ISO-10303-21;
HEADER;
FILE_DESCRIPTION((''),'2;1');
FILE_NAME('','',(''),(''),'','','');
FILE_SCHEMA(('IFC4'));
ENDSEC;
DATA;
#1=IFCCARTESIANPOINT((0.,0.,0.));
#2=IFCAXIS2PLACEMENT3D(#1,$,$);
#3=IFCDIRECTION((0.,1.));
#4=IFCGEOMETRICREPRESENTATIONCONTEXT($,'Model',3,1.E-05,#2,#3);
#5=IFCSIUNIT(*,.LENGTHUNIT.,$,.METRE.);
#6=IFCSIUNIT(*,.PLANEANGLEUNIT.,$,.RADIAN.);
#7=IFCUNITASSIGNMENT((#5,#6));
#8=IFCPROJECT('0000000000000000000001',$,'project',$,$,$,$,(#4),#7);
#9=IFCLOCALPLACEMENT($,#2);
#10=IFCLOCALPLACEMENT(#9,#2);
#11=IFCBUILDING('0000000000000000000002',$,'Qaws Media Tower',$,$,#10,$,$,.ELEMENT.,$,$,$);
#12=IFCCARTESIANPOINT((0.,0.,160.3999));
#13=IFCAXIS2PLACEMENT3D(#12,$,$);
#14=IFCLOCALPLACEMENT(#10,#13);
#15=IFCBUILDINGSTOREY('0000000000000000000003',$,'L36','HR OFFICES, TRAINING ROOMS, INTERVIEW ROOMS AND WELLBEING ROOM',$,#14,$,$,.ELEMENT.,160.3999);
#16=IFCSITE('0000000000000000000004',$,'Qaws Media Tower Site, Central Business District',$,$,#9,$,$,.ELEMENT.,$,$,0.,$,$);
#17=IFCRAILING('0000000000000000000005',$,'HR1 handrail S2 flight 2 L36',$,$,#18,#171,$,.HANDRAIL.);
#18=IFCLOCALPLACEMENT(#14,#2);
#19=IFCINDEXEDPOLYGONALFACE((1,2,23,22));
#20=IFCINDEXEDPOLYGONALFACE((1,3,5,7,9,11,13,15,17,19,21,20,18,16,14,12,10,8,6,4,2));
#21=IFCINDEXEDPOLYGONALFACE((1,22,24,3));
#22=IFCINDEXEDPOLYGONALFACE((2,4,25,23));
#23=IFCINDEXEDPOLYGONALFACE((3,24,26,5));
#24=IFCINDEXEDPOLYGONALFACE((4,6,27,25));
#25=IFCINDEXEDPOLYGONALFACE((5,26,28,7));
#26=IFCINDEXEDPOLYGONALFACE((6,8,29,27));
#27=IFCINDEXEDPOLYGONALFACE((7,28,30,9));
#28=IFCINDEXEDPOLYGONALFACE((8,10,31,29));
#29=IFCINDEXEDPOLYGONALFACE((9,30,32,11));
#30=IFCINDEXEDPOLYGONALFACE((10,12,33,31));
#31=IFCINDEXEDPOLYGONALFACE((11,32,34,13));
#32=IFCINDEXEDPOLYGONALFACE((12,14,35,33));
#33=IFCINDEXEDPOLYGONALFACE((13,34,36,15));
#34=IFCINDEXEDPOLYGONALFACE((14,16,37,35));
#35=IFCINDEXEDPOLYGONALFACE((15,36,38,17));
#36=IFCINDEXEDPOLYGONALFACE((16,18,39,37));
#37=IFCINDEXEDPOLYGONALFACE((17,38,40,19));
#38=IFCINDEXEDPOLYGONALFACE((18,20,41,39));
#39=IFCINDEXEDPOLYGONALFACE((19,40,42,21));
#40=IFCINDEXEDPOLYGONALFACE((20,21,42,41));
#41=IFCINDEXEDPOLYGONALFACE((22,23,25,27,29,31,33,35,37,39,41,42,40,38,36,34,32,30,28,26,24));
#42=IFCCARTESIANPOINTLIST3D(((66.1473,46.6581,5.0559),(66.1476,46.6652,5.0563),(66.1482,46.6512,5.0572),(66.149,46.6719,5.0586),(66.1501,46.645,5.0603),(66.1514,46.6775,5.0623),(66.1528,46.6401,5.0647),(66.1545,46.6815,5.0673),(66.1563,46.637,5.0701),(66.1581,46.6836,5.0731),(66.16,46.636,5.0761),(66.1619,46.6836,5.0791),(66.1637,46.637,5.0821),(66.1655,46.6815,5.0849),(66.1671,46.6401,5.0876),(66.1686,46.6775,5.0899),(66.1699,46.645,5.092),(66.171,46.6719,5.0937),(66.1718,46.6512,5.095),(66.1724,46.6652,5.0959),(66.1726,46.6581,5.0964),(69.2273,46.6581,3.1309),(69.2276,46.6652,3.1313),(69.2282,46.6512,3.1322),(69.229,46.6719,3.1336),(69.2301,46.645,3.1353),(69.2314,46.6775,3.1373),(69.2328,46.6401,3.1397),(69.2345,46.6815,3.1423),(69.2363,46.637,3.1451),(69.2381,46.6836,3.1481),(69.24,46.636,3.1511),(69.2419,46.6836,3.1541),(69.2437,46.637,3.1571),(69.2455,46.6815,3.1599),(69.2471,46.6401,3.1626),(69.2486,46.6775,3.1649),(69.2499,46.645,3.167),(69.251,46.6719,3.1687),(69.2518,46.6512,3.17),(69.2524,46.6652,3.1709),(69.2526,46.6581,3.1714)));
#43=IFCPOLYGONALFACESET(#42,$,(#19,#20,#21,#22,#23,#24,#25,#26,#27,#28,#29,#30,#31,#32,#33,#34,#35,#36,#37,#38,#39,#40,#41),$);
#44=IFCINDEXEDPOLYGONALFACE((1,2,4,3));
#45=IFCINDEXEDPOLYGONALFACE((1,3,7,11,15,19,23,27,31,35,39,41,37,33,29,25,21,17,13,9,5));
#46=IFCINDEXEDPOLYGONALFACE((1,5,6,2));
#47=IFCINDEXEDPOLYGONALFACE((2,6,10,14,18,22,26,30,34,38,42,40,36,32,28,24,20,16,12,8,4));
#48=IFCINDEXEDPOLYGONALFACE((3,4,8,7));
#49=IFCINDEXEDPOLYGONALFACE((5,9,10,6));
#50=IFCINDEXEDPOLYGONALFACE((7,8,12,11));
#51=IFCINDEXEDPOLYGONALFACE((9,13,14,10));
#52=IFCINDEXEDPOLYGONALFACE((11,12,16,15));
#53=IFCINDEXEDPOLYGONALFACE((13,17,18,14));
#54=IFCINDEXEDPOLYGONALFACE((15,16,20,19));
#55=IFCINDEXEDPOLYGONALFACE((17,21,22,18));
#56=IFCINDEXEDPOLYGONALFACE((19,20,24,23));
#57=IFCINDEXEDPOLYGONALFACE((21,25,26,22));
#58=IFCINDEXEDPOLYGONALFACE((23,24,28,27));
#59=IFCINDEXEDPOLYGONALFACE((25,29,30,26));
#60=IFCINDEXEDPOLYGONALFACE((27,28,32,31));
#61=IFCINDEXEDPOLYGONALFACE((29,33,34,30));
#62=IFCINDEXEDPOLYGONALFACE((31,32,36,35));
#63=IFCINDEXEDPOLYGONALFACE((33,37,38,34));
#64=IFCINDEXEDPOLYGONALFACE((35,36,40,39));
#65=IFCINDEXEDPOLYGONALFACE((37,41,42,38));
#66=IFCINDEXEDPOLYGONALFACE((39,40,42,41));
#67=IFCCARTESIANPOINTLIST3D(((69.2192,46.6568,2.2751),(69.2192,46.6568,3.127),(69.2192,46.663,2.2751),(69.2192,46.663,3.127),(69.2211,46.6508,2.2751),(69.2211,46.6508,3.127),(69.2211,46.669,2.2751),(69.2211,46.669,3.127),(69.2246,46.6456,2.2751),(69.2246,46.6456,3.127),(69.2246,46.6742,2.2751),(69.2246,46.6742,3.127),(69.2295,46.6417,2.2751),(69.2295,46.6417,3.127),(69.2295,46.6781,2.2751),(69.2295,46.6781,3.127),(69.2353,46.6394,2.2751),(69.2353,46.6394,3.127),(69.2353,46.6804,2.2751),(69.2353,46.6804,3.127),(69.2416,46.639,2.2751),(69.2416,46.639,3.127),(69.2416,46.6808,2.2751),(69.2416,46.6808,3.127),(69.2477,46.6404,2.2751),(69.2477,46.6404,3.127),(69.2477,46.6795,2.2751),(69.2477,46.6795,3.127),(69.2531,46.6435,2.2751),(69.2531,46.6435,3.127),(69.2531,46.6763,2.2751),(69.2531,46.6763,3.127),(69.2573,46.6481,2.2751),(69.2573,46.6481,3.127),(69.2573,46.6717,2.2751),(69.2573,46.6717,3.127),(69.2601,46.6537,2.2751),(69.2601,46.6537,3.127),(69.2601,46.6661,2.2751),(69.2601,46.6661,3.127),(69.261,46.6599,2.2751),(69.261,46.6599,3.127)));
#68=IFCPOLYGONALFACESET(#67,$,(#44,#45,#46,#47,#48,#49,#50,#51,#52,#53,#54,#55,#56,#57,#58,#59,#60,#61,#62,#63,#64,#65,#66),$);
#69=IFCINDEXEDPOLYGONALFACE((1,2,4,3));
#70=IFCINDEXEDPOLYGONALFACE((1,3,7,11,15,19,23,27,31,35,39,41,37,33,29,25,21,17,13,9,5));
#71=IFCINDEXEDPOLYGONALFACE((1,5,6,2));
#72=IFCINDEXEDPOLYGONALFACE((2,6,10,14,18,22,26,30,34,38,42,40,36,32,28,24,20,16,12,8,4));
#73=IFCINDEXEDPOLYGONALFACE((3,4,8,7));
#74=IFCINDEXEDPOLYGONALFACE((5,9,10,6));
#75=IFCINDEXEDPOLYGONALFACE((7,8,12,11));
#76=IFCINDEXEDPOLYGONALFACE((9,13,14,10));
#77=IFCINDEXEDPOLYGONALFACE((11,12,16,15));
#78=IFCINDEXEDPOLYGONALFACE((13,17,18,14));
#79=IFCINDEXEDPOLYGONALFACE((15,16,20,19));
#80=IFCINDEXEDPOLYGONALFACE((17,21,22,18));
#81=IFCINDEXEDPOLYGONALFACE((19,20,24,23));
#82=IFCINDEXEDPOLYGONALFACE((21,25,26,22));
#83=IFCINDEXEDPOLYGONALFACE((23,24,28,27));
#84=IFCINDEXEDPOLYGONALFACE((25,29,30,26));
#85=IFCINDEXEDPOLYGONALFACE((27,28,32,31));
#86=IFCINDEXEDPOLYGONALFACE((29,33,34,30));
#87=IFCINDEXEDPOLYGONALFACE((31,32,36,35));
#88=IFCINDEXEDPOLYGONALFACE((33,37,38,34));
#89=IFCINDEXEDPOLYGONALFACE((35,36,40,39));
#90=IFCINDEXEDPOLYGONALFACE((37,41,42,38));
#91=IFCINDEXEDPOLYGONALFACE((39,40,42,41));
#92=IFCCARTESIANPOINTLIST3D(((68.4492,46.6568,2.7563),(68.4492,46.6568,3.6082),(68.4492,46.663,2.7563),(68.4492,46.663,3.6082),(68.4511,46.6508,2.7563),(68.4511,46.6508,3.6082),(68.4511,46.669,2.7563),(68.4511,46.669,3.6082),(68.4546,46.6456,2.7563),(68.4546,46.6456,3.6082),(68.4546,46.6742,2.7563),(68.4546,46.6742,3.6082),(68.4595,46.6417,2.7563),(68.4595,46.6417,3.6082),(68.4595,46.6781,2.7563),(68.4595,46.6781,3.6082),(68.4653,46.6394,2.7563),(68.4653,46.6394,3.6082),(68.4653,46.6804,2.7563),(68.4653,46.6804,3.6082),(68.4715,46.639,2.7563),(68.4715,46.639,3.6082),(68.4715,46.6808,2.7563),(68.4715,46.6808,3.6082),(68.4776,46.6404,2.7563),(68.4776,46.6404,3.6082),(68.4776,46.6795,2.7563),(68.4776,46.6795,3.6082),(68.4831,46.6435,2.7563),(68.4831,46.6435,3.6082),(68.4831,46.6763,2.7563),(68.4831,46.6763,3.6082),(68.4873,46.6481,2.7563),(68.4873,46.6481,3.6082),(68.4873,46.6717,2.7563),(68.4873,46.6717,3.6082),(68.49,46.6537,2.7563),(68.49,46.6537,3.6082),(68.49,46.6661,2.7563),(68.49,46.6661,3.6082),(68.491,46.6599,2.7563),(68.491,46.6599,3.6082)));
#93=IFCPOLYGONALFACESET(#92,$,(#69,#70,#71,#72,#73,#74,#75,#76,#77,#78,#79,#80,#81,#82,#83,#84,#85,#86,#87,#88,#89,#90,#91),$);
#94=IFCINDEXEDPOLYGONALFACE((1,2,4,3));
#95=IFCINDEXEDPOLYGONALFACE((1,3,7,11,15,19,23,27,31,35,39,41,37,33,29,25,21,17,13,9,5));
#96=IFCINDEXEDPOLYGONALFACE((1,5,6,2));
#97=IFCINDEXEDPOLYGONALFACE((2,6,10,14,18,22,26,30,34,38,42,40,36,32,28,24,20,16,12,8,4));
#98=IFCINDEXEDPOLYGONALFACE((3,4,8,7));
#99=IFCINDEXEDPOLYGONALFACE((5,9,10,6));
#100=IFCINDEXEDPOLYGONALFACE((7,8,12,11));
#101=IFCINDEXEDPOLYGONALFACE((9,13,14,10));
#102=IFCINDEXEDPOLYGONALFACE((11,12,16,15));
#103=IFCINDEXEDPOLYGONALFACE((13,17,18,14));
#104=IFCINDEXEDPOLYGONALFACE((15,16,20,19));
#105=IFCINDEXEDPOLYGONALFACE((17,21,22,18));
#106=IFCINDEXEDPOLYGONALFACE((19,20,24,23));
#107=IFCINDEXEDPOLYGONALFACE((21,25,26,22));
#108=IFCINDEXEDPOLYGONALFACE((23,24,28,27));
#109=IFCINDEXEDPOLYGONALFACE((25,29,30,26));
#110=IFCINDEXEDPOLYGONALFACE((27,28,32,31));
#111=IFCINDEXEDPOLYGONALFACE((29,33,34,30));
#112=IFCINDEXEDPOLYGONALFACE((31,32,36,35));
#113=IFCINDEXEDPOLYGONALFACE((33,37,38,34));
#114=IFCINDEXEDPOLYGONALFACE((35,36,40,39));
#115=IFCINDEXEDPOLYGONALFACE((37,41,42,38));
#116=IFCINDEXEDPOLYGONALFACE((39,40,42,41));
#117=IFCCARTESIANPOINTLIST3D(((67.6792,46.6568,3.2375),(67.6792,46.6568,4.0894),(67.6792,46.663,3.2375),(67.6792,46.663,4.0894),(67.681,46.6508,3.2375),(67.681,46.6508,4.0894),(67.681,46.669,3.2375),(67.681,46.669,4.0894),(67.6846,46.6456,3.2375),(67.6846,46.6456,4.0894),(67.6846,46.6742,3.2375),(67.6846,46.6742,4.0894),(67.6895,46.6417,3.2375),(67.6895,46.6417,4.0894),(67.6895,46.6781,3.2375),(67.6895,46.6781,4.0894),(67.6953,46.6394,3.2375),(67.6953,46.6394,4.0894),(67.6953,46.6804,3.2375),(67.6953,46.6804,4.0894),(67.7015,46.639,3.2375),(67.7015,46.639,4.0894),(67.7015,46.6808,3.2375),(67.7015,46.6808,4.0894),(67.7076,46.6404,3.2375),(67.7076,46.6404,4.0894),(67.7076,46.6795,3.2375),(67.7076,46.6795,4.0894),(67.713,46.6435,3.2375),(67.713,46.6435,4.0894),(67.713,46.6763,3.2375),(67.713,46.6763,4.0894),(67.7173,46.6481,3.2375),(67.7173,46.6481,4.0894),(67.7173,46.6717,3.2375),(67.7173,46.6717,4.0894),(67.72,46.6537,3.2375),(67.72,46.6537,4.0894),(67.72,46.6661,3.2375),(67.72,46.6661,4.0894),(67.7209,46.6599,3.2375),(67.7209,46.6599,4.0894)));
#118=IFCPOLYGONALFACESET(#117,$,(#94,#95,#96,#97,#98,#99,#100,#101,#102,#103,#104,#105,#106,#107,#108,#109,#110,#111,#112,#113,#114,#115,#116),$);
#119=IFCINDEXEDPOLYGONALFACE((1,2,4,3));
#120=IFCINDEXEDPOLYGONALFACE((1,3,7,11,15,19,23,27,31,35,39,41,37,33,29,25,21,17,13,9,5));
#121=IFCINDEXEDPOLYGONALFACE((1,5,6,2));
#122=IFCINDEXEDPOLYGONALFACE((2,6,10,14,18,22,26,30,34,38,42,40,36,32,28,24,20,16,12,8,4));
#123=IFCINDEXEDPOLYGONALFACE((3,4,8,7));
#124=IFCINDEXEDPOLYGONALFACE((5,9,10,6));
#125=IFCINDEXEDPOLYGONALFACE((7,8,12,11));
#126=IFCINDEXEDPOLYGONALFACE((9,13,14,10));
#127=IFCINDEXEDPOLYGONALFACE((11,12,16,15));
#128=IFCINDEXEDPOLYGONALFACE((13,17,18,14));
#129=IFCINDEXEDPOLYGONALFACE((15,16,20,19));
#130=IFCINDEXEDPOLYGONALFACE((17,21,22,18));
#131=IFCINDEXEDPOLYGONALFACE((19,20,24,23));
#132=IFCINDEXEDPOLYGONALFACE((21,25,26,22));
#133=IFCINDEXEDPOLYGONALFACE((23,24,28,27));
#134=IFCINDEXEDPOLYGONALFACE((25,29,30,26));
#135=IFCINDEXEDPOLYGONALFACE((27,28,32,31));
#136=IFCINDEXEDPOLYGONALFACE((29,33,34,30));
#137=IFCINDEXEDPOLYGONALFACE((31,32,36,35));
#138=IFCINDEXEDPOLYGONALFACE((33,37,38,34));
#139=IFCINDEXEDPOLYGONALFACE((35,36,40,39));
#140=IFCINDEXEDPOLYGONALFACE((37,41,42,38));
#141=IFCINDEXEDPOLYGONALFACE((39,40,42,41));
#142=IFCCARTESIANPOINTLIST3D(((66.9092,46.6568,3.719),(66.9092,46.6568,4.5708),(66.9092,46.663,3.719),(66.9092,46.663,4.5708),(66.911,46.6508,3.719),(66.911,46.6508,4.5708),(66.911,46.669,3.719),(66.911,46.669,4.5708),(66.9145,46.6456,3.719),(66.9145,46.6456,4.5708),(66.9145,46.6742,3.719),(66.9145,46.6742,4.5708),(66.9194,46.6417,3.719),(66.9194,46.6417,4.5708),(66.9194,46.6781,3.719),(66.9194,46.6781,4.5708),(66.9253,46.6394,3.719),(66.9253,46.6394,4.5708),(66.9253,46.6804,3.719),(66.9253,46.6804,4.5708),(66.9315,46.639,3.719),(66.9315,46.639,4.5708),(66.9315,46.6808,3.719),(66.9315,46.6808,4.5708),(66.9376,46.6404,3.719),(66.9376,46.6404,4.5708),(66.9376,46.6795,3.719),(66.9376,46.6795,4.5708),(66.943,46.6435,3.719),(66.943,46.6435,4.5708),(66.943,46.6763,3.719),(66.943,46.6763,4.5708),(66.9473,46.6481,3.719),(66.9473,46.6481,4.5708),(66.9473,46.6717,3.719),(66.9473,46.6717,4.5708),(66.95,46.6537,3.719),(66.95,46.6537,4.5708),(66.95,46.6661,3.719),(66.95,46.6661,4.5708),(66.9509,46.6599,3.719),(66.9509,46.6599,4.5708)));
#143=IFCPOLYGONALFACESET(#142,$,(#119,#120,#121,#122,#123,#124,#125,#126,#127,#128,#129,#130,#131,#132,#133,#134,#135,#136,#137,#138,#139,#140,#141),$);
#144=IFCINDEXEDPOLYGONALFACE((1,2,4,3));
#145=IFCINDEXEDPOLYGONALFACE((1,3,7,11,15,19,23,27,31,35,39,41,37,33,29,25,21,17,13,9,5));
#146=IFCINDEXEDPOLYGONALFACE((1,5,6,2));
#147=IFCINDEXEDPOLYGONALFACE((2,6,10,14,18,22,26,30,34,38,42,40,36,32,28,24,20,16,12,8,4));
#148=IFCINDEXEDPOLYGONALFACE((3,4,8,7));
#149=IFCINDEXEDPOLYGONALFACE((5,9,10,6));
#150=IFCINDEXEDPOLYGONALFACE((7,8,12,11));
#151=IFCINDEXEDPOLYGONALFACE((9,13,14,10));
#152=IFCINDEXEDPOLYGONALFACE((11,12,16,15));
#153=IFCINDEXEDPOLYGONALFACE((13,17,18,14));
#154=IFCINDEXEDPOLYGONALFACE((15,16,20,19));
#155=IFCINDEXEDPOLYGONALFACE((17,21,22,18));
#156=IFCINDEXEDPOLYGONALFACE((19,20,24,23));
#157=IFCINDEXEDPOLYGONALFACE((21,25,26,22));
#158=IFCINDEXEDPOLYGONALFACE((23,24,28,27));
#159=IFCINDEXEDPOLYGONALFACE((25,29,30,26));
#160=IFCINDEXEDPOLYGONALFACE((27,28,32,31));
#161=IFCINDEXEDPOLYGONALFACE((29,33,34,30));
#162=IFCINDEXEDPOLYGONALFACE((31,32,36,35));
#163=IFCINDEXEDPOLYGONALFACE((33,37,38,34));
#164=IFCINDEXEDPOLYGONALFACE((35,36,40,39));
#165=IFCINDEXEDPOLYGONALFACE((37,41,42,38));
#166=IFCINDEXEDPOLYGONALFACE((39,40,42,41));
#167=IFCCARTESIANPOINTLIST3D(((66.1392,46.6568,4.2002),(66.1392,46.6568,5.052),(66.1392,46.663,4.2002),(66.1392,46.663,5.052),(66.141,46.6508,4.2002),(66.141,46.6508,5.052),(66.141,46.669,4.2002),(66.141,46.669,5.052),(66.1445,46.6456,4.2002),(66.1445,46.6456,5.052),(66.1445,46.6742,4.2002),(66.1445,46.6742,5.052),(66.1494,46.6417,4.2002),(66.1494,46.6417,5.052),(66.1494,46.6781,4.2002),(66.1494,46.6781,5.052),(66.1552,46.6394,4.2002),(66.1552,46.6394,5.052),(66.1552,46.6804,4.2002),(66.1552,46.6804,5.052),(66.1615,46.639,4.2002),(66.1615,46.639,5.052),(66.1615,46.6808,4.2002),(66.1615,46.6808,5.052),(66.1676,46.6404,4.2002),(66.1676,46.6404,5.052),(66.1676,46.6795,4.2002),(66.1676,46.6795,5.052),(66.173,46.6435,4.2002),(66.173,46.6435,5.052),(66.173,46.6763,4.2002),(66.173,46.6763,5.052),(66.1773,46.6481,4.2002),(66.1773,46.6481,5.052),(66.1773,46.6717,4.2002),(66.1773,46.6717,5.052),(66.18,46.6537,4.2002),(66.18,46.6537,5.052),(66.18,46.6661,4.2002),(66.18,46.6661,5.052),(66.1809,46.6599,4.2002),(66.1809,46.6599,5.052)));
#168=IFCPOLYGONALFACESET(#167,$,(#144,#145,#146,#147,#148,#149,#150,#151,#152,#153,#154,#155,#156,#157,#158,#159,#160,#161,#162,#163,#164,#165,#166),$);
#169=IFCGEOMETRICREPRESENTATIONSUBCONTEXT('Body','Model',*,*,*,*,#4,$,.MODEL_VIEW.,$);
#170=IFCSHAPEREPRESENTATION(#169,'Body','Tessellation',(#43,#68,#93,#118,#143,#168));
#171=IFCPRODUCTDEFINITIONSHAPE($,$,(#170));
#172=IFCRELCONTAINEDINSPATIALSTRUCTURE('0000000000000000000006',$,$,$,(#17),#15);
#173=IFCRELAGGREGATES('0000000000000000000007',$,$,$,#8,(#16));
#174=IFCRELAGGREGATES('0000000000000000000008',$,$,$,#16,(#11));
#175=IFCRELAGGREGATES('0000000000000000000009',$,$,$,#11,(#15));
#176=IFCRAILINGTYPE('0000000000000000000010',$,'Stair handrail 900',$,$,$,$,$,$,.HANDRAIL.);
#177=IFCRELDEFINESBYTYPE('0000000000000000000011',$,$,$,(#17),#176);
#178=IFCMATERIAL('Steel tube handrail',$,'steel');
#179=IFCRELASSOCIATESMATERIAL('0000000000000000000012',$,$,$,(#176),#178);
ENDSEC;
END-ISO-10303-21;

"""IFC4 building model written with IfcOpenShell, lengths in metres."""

from ifc_helpers import new_model, si_unit, direction, frame, origin, origin_2d, place, context, subcontext, project, spatial, circle, extrude, material, type_object, element, save


model = new_model("IFC4")

# Units and contexts
model_context = context("Model", 3, precision=1e-05, world=origin(), true_north=direction((0.0, 1.0)))
body_context = subcontext(model_context, "Body", "Model", "MODEL_VIEW")
ifc_project = project(units=[si_unit("LENGTHUNIT", "METRE"), si_unit("PLANEANGLEUNIT", "RADIAN")], contexts=[model_context])

# Site, building, storey
site_placement = place(None, origin())
site = spatial("IfcSite", under=ifc_project, at=site_placement, Name="Qaws Media Tower Site, Central Business District", CompositionType="ELEMENT", RefElevation=0.0)
building_placement = place(site_placement, origin())
building = spatial("IfcBuilding", under=site, at=building_placement, Name="Qaws Media Tower", CompositionType="ELEMENT")
storey_placement = place(building_placement, frame((0.0, 0.0, 160.3999)))
storey = spatial("IfcBuildingStorey", under=building, at=storey_placement, Name="L36", Description="HR OFFICES, TRAINING ROOMS, INTERVIEW ROOMS AND WELLBEING ROOM", CompositionType="ELEMENT", Elevation=160.3999)

# Railing
ifc_material_1 = material(Name="Steel tube handrail", Category="steel")
railing_type = type_object("IfcRailingType", Name="Stair handrail 900", PredefinedType="HANDRAIL", material=ifc_material_1)
for number, where, name in (
    (1, (69.24, 46.6599, 2.2751), "HR1 handrail S2 flight 2 L36"),
):
    element("IfcRailing", number, at=place(storey_placement, frame(where)), inside=storey, type_object=railing_type, Name=name, PredefinedType="HANDRAIL", context=body_context, shape_type="SweptSolid", body=[
        extrude(circle(Radius=0.0239, at=origin_2d()), frame((0.0, 0.0, 0.876), z_axis=(-0.847998, 0.0, 0.529999), x_axis=(0.0, -1.0, 0.0)), (0.0, 0.0, 1.0), 3.6321),
        extrude(circle(Radius=0.021, at=origin_2d()), origin(), (0.0, 0.0, 1.0), 0.8518),
        extrude(circle(Radius=0.021, at=origin_2d()), frame((-0.77, 0.0, 0.4812)), (0.0, 0.0, 1.0), 0.8518),
        extrude(circle(Radius=0.021, at=origin_2d()), frame((-1.54, 0.0, 0.9624)), (0.0, 0.0, 1.0), 0.8518),
        extrude(circle(Radius=0.021, at=origin_2d()), frame((-2.3101, 0.0, 1.4438)), (0.0, 0.0, 1.0), 0.8518),
        extrude(circle(Radius=0.021, at=origin_2d()), frame((-3.0801, 0.0, 1.925)), (0.0, 0.0, 1.0), 0.8518),
    ])

save(model, "model.ifc")
